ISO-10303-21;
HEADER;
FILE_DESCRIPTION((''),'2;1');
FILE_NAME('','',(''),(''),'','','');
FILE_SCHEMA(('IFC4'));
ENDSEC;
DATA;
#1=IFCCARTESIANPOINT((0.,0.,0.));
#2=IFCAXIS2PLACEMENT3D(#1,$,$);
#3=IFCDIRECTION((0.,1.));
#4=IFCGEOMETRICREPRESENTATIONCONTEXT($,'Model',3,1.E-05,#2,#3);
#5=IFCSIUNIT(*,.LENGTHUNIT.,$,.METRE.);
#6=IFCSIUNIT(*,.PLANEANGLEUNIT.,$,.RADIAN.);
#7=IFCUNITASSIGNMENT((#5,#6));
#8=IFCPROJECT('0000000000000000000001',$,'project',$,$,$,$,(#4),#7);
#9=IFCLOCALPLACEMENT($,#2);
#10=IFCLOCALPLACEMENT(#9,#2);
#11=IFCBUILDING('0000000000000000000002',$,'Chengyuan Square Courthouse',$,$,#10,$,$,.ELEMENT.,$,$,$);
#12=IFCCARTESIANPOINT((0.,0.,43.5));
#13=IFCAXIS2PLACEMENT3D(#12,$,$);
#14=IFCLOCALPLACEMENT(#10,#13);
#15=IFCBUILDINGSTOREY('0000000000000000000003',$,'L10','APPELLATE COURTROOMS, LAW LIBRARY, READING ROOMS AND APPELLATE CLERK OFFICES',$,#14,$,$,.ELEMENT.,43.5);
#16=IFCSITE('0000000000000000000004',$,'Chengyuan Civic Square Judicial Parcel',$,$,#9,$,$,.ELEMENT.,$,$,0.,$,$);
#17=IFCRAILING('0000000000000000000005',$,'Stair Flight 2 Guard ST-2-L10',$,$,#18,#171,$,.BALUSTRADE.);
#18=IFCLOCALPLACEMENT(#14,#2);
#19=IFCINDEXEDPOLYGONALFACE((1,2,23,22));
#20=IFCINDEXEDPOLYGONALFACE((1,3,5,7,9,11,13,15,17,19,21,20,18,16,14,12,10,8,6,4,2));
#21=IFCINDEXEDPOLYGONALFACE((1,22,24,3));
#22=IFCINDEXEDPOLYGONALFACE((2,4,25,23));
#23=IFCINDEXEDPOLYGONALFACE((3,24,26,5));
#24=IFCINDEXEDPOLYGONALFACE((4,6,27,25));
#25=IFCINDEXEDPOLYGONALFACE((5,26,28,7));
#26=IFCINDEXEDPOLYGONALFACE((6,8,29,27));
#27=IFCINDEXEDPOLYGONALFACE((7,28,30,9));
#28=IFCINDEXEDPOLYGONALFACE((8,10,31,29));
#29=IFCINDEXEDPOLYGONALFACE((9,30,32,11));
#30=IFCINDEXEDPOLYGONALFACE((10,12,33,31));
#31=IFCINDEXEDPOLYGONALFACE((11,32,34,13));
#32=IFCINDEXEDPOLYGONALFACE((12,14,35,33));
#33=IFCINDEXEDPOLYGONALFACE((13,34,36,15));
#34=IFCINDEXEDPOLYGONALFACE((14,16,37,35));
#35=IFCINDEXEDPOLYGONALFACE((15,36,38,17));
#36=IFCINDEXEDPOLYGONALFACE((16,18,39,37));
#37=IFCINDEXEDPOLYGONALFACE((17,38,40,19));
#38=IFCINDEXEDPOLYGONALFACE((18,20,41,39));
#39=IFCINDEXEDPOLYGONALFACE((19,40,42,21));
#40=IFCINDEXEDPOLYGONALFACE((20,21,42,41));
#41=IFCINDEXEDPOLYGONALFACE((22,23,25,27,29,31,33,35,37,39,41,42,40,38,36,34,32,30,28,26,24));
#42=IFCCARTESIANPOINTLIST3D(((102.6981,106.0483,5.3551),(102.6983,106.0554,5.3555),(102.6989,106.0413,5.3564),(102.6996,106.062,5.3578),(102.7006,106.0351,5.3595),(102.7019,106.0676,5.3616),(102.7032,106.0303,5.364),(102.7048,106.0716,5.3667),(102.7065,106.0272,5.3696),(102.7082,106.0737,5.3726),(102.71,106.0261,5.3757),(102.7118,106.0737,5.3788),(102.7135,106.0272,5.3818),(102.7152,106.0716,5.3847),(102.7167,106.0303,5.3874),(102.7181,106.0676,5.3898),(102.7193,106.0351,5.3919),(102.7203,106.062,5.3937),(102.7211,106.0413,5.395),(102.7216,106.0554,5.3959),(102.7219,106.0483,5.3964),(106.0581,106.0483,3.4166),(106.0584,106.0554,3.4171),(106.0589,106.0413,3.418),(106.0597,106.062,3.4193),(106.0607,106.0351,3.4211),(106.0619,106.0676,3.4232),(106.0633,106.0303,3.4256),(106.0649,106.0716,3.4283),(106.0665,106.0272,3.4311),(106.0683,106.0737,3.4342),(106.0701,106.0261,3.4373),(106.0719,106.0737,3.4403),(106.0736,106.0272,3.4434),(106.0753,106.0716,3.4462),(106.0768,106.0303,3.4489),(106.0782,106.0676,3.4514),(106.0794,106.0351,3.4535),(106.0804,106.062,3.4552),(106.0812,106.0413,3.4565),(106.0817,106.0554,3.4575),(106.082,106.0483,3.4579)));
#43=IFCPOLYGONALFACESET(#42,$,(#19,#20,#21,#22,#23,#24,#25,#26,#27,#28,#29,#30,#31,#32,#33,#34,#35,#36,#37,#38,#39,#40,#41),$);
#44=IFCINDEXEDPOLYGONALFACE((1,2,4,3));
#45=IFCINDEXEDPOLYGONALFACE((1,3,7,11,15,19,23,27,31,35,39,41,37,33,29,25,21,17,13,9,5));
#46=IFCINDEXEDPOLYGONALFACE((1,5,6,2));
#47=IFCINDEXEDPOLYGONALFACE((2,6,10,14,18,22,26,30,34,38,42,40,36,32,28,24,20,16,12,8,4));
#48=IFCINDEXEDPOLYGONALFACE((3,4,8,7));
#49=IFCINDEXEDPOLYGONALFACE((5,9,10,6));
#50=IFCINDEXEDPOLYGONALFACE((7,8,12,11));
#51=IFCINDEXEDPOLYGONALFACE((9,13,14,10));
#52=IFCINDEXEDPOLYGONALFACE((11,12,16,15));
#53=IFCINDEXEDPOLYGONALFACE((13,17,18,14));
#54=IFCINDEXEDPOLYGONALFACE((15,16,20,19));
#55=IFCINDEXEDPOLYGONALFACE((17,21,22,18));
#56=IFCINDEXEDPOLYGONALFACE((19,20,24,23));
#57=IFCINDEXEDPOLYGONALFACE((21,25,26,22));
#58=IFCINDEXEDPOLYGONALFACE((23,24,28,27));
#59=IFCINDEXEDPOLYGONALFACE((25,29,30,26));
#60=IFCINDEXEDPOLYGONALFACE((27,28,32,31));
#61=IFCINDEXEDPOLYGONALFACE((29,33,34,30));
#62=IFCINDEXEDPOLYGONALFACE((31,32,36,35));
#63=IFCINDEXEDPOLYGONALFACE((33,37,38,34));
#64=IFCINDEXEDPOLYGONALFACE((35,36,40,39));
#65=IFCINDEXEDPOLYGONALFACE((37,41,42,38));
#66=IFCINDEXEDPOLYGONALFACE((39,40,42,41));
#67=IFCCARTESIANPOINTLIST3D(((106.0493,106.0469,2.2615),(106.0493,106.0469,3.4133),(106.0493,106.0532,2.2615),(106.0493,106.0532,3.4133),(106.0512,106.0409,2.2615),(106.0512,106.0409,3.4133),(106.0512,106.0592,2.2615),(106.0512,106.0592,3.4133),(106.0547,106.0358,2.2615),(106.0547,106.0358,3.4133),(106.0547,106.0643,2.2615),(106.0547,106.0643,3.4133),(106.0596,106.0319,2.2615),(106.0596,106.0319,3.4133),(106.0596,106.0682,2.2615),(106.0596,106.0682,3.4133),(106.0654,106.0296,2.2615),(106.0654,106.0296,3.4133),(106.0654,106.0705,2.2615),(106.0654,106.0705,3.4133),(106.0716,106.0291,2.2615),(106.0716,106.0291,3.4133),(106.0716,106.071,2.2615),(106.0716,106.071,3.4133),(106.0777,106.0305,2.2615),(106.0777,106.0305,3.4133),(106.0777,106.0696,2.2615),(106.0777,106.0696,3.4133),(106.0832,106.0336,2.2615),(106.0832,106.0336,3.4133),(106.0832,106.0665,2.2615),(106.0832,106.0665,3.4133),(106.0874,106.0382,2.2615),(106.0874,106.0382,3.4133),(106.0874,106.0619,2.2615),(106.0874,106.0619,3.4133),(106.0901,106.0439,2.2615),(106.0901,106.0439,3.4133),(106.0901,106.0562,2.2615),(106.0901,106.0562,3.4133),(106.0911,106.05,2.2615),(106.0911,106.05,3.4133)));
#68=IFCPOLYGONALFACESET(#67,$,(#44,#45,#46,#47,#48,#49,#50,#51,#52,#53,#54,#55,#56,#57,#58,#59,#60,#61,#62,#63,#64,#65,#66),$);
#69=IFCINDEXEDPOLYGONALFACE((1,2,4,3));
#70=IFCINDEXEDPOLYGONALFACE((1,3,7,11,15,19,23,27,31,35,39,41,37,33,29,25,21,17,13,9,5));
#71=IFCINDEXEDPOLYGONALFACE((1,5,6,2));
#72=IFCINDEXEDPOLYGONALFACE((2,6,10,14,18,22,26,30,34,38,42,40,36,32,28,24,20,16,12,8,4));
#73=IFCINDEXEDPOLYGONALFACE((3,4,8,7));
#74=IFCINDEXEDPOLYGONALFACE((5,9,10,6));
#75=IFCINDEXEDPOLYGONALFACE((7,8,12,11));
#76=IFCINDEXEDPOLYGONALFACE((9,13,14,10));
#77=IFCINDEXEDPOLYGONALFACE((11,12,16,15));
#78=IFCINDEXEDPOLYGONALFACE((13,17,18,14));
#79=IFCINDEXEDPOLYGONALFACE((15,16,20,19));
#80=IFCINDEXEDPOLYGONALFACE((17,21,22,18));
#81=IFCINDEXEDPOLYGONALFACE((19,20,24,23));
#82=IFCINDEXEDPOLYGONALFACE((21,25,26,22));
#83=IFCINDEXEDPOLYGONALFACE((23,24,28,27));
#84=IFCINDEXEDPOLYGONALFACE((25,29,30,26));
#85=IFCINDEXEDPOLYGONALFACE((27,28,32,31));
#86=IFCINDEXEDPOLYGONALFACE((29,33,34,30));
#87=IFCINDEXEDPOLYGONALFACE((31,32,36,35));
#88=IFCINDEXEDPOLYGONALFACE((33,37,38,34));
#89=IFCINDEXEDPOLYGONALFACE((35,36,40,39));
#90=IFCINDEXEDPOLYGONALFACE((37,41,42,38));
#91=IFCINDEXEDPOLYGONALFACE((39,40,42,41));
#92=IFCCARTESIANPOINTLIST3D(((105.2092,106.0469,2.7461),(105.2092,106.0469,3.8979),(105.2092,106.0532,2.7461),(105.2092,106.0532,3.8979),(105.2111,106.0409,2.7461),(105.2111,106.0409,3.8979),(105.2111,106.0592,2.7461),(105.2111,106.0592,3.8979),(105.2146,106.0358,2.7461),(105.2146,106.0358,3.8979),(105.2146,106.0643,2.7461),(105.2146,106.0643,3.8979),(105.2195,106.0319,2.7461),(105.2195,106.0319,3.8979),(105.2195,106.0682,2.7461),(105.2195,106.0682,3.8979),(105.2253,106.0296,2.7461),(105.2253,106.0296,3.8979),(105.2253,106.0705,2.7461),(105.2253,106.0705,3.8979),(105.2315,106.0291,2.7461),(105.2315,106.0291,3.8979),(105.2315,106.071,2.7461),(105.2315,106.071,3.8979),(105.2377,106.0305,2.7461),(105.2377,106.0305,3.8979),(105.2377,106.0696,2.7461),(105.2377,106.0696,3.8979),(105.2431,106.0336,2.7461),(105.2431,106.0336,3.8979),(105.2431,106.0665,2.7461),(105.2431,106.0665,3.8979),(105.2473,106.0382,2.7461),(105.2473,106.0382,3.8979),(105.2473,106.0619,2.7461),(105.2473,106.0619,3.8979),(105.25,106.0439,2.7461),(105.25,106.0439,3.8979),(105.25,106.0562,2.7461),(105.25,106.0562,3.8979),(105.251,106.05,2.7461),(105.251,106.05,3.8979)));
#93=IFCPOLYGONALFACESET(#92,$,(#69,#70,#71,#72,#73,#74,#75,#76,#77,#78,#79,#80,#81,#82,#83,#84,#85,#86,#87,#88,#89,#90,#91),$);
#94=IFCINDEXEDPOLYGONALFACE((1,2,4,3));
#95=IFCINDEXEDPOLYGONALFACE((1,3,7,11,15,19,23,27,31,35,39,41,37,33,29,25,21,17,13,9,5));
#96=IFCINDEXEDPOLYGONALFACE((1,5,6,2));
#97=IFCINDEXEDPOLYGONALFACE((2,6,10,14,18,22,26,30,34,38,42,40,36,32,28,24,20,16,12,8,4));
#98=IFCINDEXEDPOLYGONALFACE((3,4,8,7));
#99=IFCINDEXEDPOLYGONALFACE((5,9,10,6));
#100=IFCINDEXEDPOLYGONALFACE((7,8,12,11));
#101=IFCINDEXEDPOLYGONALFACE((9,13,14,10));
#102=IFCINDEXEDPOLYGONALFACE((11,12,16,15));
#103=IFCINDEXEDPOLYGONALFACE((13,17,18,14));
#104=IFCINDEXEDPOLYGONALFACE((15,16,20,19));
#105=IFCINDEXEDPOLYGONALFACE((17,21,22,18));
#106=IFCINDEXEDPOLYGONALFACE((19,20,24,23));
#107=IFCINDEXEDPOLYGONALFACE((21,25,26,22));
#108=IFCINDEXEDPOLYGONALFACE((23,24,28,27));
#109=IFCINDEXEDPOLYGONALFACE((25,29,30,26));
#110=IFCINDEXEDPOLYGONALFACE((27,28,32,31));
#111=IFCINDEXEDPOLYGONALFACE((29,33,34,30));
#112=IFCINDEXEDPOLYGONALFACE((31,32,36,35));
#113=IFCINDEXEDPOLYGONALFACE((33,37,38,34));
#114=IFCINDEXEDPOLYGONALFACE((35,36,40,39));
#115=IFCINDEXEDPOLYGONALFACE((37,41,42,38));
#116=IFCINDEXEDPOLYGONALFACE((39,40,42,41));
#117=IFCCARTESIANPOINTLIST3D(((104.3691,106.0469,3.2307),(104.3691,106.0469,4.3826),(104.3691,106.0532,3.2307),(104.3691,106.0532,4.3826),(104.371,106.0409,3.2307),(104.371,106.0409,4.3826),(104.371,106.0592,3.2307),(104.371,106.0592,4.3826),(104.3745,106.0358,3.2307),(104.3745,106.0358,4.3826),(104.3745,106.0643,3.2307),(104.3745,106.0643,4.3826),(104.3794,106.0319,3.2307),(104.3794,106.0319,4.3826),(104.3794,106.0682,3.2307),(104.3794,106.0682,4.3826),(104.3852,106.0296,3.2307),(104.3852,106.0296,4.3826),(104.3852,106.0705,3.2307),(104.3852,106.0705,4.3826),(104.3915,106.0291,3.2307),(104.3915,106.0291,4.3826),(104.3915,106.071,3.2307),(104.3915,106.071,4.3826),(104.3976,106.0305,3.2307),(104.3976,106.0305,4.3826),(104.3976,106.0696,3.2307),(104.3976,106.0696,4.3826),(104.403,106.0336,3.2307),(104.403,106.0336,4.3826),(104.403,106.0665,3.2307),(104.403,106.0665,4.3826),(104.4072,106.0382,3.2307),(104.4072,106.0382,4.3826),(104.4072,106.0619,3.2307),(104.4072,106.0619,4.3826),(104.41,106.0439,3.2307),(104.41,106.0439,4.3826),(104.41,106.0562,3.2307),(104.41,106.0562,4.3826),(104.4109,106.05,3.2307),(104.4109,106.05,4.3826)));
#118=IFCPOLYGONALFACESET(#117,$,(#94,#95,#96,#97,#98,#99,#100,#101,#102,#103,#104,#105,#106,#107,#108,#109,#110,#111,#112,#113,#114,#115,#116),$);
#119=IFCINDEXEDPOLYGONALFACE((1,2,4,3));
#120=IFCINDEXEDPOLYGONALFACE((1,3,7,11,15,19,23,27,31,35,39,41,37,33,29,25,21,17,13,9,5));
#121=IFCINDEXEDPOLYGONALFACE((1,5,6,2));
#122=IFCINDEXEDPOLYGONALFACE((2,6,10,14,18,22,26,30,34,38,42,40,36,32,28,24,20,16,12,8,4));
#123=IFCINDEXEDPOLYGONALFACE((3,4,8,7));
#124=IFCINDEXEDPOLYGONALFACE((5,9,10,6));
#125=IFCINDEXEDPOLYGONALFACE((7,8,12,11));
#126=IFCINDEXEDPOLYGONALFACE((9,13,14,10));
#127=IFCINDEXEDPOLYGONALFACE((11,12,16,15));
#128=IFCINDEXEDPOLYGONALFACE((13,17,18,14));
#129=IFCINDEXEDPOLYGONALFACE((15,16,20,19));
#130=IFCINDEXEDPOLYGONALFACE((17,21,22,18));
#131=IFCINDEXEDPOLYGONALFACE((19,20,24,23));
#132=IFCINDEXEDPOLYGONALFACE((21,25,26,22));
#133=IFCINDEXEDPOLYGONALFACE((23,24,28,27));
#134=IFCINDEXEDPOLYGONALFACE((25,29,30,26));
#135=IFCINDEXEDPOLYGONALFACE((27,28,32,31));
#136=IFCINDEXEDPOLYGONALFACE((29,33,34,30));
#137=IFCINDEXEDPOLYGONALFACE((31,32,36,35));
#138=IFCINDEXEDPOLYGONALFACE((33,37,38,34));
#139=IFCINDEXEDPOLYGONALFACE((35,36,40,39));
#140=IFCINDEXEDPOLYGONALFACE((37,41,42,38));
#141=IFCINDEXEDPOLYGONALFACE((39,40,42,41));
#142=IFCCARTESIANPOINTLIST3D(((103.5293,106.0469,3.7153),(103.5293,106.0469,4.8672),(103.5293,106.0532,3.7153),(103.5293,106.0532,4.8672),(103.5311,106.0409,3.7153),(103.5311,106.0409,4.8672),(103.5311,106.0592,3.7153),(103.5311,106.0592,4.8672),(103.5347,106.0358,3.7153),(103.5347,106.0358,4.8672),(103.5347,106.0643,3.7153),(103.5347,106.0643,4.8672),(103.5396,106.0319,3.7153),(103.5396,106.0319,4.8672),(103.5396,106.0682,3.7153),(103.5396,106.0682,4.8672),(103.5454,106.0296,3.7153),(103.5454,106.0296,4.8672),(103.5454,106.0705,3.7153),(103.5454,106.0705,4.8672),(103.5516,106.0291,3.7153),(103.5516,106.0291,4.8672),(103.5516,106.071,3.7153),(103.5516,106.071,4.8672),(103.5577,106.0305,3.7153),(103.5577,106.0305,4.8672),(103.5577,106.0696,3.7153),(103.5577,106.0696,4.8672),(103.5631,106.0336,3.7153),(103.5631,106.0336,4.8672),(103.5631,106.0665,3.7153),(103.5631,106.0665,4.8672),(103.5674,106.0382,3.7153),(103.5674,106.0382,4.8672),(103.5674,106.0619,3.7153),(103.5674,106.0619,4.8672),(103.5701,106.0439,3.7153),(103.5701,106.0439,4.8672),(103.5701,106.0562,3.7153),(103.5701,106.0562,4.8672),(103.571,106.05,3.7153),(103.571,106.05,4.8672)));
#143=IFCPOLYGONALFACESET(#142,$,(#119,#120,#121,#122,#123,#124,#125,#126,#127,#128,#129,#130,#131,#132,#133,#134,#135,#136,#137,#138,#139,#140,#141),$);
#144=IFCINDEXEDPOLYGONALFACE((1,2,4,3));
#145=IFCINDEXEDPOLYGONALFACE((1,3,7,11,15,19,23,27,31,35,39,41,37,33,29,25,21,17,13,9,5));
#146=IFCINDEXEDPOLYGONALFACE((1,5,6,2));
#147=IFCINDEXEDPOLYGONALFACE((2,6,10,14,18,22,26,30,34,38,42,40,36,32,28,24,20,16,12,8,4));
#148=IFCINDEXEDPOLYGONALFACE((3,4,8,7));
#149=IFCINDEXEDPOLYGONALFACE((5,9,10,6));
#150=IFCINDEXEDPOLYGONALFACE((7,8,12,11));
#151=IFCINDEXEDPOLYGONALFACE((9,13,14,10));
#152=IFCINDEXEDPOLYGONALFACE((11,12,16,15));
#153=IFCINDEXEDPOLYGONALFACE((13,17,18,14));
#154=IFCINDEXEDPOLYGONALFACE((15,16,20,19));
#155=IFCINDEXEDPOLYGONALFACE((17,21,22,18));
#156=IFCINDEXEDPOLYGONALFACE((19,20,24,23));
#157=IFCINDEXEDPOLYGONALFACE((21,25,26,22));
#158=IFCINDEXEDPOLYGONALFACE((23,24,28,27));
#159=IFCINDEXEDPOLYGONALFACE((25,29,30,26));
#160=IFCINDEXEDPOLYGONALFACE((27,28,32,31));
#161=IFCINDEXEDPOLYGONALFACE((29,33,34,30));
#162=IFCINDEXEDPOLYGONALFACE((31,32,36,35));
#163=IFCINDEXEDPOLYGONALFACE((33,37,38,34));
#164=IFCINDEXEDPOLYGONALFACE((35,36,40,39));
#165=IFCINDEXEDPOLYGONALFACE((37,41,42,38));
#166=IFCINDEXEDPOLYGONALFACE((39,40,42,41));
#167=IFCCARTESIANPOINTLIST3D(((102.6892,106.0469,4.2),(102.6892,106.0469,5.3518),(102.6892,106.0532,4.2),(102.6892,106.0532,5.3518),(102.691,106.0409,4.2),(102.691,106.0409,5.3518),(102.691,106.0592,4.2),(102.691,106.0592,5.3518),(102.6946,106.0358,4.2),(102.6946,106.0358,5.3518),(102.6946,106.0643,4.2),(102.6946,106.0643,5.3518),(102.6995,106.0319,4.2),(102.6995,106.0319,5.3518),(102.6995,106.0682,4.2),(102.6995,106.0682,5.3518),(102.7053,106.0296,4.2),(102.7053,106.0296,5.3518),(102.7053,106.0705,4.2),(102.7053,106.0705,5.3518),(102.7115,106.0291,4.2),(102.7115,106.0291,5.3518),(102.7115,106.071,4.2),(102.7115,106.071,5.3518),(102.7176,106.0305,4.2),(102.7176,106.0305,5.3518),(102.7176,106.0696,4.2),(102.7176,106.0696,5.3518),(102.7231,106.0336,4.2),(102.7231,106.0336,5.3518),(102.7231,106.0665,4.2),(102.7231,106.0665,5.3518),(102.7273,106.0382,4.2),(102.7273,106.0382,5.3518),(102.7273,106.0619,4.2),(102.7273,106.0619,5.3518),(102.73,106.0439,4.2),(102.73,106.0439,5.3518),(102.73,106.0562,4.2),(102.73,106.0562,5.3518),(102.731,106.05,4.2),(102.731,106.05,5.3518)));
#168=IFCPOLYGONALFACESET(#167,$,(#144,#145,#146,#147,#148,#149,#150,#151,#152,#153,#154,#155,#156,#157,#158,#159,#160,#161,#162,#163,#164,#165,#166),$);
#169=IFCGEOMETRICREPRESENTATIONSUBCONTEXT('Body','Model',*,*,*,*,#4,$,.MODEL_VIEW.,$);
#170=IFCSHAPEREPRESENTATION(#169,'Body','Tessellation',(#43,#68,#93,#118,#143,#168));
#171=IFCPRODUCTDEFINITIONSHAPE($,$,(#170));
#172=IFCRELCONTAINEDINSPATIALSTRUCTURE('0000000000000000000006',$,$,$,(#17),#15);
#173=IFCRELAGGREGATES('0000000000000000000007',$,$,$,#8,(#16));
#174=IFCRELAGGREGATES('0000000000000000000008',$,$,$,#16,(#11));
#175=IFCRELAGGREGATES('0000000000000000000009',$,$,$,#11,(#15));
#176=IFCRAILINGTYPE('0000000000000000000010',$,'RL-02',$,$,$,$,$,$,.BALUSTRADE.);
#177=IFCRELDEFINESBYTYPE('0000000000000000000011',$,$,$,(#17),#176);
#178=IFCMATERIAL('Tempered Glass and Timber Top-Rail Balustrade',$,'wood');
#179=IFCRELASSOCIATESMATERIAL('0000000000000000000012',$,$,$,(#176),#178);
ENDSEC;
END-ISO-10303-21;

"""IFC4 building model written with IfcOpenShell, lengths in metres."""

from ifc_helpers import new_model, si_unit, direction, frame, origin, origin_2d, place, context, subcontext, project, spatial, circle, extrude, material, type_object, element, save


model = new_model("IFC4")

# Units and contexts
model_context = context("Model", 3, precision=1e-05, world=origin(), true_north=direction((0.0, 1.0)))
body_context = subcontext(model_context, "Body", "Model", "MODEL_VIEW")
ifc_project = project(units=[si_unit("LENGTHUNIT", "METRE"), si_unit("PLANEANGLEUNIT", "RADIAN")], contexts=[model_context])

# Site, building, storey
site_placement = place(None, origin())
site = spatial("IfcSite", under=ifc_project, at=site_placement, Name="Chengyuan Civic Square Judicial Parcel", CompositionType="ELEMENT", RefElevation=0.0)
building_placement = place(site_placement, origin())
building = spatial("IfcBuilding", under=site, at=building_placement, Name="Chengyuan Square Courthouse", CompositionType="ELEMENT")
storey_placement = place(building_placement, frame((0.0, 0.0, 43.5)))
storey = spatial("IfcBuildingStorey", under=building, at=storey_placement, Name="L10", Description="APPELLATE COURTROOMS, LAW LIBRARY, READING ROOMS AND APPELLATE CLERK OFFICES", CompositionType="ELEMENT", Elevation=43.5)

# Railing
ifc_material_1 = material(Name="Tempered Glass and Timber Top-Rail Balustrade", Category="wood")
railing_type_1 = type_object("IfcRailingType", Name="RL-02", PredefinedType="BALUSTRADE", material=ifc_material_1)
railing_1_placement = place(storey_placement, frame((106.0701, 106.05, 2.2615)))
element("IfcRailing", 1, at=railing_1_placement, inside=storey, type_object=railing_type_1, Name="Stair Flight 2 Guard ST-2-L10", PredefinedType="BALUSTRADE", context=body_context, shape_type="SweptSolid", body=[
    extrude(circle(Radius=0.0239, at=origin_2d()), frame((0.0, 0.0, 1.1758), z_axis=(-0.866191, 0.0, 0.499713), x_axis=(0.0, -1.0, 0.0)), (0.0, 0.0, 1.0), 3.8792),
    extrude(circle(Radius=0.021, at=origin_2d()), origin(), (0.0, 0.0, 1.0), 1.1519),
    extrude(circle(Radius=0.021, at=origin_2d()), frame((-0.8401, 0.0, 0.4846)), (0.0, 0.0, 1.0), 1.1519),
    extrude(circle(Radius=0.021, at=origin_2d()), frame((-1.6802, 0.0, 0.9692)), (0.0, 0.0, 1.0), 1.1519),
    extrude(circle(Radius=0.021, at=origin_2d()), frame((-2.52, 0.0, 1.4539)), (0.0, 0.0, 1.0), 1.1519),
    extrude(circle(Radius=0.021, at=origin_2d()), frame((-3.3601, 0.0, 1.9385)), (0.0, 0.0, 1.0), 1.1519),
])

save(model, "model.ifc")
